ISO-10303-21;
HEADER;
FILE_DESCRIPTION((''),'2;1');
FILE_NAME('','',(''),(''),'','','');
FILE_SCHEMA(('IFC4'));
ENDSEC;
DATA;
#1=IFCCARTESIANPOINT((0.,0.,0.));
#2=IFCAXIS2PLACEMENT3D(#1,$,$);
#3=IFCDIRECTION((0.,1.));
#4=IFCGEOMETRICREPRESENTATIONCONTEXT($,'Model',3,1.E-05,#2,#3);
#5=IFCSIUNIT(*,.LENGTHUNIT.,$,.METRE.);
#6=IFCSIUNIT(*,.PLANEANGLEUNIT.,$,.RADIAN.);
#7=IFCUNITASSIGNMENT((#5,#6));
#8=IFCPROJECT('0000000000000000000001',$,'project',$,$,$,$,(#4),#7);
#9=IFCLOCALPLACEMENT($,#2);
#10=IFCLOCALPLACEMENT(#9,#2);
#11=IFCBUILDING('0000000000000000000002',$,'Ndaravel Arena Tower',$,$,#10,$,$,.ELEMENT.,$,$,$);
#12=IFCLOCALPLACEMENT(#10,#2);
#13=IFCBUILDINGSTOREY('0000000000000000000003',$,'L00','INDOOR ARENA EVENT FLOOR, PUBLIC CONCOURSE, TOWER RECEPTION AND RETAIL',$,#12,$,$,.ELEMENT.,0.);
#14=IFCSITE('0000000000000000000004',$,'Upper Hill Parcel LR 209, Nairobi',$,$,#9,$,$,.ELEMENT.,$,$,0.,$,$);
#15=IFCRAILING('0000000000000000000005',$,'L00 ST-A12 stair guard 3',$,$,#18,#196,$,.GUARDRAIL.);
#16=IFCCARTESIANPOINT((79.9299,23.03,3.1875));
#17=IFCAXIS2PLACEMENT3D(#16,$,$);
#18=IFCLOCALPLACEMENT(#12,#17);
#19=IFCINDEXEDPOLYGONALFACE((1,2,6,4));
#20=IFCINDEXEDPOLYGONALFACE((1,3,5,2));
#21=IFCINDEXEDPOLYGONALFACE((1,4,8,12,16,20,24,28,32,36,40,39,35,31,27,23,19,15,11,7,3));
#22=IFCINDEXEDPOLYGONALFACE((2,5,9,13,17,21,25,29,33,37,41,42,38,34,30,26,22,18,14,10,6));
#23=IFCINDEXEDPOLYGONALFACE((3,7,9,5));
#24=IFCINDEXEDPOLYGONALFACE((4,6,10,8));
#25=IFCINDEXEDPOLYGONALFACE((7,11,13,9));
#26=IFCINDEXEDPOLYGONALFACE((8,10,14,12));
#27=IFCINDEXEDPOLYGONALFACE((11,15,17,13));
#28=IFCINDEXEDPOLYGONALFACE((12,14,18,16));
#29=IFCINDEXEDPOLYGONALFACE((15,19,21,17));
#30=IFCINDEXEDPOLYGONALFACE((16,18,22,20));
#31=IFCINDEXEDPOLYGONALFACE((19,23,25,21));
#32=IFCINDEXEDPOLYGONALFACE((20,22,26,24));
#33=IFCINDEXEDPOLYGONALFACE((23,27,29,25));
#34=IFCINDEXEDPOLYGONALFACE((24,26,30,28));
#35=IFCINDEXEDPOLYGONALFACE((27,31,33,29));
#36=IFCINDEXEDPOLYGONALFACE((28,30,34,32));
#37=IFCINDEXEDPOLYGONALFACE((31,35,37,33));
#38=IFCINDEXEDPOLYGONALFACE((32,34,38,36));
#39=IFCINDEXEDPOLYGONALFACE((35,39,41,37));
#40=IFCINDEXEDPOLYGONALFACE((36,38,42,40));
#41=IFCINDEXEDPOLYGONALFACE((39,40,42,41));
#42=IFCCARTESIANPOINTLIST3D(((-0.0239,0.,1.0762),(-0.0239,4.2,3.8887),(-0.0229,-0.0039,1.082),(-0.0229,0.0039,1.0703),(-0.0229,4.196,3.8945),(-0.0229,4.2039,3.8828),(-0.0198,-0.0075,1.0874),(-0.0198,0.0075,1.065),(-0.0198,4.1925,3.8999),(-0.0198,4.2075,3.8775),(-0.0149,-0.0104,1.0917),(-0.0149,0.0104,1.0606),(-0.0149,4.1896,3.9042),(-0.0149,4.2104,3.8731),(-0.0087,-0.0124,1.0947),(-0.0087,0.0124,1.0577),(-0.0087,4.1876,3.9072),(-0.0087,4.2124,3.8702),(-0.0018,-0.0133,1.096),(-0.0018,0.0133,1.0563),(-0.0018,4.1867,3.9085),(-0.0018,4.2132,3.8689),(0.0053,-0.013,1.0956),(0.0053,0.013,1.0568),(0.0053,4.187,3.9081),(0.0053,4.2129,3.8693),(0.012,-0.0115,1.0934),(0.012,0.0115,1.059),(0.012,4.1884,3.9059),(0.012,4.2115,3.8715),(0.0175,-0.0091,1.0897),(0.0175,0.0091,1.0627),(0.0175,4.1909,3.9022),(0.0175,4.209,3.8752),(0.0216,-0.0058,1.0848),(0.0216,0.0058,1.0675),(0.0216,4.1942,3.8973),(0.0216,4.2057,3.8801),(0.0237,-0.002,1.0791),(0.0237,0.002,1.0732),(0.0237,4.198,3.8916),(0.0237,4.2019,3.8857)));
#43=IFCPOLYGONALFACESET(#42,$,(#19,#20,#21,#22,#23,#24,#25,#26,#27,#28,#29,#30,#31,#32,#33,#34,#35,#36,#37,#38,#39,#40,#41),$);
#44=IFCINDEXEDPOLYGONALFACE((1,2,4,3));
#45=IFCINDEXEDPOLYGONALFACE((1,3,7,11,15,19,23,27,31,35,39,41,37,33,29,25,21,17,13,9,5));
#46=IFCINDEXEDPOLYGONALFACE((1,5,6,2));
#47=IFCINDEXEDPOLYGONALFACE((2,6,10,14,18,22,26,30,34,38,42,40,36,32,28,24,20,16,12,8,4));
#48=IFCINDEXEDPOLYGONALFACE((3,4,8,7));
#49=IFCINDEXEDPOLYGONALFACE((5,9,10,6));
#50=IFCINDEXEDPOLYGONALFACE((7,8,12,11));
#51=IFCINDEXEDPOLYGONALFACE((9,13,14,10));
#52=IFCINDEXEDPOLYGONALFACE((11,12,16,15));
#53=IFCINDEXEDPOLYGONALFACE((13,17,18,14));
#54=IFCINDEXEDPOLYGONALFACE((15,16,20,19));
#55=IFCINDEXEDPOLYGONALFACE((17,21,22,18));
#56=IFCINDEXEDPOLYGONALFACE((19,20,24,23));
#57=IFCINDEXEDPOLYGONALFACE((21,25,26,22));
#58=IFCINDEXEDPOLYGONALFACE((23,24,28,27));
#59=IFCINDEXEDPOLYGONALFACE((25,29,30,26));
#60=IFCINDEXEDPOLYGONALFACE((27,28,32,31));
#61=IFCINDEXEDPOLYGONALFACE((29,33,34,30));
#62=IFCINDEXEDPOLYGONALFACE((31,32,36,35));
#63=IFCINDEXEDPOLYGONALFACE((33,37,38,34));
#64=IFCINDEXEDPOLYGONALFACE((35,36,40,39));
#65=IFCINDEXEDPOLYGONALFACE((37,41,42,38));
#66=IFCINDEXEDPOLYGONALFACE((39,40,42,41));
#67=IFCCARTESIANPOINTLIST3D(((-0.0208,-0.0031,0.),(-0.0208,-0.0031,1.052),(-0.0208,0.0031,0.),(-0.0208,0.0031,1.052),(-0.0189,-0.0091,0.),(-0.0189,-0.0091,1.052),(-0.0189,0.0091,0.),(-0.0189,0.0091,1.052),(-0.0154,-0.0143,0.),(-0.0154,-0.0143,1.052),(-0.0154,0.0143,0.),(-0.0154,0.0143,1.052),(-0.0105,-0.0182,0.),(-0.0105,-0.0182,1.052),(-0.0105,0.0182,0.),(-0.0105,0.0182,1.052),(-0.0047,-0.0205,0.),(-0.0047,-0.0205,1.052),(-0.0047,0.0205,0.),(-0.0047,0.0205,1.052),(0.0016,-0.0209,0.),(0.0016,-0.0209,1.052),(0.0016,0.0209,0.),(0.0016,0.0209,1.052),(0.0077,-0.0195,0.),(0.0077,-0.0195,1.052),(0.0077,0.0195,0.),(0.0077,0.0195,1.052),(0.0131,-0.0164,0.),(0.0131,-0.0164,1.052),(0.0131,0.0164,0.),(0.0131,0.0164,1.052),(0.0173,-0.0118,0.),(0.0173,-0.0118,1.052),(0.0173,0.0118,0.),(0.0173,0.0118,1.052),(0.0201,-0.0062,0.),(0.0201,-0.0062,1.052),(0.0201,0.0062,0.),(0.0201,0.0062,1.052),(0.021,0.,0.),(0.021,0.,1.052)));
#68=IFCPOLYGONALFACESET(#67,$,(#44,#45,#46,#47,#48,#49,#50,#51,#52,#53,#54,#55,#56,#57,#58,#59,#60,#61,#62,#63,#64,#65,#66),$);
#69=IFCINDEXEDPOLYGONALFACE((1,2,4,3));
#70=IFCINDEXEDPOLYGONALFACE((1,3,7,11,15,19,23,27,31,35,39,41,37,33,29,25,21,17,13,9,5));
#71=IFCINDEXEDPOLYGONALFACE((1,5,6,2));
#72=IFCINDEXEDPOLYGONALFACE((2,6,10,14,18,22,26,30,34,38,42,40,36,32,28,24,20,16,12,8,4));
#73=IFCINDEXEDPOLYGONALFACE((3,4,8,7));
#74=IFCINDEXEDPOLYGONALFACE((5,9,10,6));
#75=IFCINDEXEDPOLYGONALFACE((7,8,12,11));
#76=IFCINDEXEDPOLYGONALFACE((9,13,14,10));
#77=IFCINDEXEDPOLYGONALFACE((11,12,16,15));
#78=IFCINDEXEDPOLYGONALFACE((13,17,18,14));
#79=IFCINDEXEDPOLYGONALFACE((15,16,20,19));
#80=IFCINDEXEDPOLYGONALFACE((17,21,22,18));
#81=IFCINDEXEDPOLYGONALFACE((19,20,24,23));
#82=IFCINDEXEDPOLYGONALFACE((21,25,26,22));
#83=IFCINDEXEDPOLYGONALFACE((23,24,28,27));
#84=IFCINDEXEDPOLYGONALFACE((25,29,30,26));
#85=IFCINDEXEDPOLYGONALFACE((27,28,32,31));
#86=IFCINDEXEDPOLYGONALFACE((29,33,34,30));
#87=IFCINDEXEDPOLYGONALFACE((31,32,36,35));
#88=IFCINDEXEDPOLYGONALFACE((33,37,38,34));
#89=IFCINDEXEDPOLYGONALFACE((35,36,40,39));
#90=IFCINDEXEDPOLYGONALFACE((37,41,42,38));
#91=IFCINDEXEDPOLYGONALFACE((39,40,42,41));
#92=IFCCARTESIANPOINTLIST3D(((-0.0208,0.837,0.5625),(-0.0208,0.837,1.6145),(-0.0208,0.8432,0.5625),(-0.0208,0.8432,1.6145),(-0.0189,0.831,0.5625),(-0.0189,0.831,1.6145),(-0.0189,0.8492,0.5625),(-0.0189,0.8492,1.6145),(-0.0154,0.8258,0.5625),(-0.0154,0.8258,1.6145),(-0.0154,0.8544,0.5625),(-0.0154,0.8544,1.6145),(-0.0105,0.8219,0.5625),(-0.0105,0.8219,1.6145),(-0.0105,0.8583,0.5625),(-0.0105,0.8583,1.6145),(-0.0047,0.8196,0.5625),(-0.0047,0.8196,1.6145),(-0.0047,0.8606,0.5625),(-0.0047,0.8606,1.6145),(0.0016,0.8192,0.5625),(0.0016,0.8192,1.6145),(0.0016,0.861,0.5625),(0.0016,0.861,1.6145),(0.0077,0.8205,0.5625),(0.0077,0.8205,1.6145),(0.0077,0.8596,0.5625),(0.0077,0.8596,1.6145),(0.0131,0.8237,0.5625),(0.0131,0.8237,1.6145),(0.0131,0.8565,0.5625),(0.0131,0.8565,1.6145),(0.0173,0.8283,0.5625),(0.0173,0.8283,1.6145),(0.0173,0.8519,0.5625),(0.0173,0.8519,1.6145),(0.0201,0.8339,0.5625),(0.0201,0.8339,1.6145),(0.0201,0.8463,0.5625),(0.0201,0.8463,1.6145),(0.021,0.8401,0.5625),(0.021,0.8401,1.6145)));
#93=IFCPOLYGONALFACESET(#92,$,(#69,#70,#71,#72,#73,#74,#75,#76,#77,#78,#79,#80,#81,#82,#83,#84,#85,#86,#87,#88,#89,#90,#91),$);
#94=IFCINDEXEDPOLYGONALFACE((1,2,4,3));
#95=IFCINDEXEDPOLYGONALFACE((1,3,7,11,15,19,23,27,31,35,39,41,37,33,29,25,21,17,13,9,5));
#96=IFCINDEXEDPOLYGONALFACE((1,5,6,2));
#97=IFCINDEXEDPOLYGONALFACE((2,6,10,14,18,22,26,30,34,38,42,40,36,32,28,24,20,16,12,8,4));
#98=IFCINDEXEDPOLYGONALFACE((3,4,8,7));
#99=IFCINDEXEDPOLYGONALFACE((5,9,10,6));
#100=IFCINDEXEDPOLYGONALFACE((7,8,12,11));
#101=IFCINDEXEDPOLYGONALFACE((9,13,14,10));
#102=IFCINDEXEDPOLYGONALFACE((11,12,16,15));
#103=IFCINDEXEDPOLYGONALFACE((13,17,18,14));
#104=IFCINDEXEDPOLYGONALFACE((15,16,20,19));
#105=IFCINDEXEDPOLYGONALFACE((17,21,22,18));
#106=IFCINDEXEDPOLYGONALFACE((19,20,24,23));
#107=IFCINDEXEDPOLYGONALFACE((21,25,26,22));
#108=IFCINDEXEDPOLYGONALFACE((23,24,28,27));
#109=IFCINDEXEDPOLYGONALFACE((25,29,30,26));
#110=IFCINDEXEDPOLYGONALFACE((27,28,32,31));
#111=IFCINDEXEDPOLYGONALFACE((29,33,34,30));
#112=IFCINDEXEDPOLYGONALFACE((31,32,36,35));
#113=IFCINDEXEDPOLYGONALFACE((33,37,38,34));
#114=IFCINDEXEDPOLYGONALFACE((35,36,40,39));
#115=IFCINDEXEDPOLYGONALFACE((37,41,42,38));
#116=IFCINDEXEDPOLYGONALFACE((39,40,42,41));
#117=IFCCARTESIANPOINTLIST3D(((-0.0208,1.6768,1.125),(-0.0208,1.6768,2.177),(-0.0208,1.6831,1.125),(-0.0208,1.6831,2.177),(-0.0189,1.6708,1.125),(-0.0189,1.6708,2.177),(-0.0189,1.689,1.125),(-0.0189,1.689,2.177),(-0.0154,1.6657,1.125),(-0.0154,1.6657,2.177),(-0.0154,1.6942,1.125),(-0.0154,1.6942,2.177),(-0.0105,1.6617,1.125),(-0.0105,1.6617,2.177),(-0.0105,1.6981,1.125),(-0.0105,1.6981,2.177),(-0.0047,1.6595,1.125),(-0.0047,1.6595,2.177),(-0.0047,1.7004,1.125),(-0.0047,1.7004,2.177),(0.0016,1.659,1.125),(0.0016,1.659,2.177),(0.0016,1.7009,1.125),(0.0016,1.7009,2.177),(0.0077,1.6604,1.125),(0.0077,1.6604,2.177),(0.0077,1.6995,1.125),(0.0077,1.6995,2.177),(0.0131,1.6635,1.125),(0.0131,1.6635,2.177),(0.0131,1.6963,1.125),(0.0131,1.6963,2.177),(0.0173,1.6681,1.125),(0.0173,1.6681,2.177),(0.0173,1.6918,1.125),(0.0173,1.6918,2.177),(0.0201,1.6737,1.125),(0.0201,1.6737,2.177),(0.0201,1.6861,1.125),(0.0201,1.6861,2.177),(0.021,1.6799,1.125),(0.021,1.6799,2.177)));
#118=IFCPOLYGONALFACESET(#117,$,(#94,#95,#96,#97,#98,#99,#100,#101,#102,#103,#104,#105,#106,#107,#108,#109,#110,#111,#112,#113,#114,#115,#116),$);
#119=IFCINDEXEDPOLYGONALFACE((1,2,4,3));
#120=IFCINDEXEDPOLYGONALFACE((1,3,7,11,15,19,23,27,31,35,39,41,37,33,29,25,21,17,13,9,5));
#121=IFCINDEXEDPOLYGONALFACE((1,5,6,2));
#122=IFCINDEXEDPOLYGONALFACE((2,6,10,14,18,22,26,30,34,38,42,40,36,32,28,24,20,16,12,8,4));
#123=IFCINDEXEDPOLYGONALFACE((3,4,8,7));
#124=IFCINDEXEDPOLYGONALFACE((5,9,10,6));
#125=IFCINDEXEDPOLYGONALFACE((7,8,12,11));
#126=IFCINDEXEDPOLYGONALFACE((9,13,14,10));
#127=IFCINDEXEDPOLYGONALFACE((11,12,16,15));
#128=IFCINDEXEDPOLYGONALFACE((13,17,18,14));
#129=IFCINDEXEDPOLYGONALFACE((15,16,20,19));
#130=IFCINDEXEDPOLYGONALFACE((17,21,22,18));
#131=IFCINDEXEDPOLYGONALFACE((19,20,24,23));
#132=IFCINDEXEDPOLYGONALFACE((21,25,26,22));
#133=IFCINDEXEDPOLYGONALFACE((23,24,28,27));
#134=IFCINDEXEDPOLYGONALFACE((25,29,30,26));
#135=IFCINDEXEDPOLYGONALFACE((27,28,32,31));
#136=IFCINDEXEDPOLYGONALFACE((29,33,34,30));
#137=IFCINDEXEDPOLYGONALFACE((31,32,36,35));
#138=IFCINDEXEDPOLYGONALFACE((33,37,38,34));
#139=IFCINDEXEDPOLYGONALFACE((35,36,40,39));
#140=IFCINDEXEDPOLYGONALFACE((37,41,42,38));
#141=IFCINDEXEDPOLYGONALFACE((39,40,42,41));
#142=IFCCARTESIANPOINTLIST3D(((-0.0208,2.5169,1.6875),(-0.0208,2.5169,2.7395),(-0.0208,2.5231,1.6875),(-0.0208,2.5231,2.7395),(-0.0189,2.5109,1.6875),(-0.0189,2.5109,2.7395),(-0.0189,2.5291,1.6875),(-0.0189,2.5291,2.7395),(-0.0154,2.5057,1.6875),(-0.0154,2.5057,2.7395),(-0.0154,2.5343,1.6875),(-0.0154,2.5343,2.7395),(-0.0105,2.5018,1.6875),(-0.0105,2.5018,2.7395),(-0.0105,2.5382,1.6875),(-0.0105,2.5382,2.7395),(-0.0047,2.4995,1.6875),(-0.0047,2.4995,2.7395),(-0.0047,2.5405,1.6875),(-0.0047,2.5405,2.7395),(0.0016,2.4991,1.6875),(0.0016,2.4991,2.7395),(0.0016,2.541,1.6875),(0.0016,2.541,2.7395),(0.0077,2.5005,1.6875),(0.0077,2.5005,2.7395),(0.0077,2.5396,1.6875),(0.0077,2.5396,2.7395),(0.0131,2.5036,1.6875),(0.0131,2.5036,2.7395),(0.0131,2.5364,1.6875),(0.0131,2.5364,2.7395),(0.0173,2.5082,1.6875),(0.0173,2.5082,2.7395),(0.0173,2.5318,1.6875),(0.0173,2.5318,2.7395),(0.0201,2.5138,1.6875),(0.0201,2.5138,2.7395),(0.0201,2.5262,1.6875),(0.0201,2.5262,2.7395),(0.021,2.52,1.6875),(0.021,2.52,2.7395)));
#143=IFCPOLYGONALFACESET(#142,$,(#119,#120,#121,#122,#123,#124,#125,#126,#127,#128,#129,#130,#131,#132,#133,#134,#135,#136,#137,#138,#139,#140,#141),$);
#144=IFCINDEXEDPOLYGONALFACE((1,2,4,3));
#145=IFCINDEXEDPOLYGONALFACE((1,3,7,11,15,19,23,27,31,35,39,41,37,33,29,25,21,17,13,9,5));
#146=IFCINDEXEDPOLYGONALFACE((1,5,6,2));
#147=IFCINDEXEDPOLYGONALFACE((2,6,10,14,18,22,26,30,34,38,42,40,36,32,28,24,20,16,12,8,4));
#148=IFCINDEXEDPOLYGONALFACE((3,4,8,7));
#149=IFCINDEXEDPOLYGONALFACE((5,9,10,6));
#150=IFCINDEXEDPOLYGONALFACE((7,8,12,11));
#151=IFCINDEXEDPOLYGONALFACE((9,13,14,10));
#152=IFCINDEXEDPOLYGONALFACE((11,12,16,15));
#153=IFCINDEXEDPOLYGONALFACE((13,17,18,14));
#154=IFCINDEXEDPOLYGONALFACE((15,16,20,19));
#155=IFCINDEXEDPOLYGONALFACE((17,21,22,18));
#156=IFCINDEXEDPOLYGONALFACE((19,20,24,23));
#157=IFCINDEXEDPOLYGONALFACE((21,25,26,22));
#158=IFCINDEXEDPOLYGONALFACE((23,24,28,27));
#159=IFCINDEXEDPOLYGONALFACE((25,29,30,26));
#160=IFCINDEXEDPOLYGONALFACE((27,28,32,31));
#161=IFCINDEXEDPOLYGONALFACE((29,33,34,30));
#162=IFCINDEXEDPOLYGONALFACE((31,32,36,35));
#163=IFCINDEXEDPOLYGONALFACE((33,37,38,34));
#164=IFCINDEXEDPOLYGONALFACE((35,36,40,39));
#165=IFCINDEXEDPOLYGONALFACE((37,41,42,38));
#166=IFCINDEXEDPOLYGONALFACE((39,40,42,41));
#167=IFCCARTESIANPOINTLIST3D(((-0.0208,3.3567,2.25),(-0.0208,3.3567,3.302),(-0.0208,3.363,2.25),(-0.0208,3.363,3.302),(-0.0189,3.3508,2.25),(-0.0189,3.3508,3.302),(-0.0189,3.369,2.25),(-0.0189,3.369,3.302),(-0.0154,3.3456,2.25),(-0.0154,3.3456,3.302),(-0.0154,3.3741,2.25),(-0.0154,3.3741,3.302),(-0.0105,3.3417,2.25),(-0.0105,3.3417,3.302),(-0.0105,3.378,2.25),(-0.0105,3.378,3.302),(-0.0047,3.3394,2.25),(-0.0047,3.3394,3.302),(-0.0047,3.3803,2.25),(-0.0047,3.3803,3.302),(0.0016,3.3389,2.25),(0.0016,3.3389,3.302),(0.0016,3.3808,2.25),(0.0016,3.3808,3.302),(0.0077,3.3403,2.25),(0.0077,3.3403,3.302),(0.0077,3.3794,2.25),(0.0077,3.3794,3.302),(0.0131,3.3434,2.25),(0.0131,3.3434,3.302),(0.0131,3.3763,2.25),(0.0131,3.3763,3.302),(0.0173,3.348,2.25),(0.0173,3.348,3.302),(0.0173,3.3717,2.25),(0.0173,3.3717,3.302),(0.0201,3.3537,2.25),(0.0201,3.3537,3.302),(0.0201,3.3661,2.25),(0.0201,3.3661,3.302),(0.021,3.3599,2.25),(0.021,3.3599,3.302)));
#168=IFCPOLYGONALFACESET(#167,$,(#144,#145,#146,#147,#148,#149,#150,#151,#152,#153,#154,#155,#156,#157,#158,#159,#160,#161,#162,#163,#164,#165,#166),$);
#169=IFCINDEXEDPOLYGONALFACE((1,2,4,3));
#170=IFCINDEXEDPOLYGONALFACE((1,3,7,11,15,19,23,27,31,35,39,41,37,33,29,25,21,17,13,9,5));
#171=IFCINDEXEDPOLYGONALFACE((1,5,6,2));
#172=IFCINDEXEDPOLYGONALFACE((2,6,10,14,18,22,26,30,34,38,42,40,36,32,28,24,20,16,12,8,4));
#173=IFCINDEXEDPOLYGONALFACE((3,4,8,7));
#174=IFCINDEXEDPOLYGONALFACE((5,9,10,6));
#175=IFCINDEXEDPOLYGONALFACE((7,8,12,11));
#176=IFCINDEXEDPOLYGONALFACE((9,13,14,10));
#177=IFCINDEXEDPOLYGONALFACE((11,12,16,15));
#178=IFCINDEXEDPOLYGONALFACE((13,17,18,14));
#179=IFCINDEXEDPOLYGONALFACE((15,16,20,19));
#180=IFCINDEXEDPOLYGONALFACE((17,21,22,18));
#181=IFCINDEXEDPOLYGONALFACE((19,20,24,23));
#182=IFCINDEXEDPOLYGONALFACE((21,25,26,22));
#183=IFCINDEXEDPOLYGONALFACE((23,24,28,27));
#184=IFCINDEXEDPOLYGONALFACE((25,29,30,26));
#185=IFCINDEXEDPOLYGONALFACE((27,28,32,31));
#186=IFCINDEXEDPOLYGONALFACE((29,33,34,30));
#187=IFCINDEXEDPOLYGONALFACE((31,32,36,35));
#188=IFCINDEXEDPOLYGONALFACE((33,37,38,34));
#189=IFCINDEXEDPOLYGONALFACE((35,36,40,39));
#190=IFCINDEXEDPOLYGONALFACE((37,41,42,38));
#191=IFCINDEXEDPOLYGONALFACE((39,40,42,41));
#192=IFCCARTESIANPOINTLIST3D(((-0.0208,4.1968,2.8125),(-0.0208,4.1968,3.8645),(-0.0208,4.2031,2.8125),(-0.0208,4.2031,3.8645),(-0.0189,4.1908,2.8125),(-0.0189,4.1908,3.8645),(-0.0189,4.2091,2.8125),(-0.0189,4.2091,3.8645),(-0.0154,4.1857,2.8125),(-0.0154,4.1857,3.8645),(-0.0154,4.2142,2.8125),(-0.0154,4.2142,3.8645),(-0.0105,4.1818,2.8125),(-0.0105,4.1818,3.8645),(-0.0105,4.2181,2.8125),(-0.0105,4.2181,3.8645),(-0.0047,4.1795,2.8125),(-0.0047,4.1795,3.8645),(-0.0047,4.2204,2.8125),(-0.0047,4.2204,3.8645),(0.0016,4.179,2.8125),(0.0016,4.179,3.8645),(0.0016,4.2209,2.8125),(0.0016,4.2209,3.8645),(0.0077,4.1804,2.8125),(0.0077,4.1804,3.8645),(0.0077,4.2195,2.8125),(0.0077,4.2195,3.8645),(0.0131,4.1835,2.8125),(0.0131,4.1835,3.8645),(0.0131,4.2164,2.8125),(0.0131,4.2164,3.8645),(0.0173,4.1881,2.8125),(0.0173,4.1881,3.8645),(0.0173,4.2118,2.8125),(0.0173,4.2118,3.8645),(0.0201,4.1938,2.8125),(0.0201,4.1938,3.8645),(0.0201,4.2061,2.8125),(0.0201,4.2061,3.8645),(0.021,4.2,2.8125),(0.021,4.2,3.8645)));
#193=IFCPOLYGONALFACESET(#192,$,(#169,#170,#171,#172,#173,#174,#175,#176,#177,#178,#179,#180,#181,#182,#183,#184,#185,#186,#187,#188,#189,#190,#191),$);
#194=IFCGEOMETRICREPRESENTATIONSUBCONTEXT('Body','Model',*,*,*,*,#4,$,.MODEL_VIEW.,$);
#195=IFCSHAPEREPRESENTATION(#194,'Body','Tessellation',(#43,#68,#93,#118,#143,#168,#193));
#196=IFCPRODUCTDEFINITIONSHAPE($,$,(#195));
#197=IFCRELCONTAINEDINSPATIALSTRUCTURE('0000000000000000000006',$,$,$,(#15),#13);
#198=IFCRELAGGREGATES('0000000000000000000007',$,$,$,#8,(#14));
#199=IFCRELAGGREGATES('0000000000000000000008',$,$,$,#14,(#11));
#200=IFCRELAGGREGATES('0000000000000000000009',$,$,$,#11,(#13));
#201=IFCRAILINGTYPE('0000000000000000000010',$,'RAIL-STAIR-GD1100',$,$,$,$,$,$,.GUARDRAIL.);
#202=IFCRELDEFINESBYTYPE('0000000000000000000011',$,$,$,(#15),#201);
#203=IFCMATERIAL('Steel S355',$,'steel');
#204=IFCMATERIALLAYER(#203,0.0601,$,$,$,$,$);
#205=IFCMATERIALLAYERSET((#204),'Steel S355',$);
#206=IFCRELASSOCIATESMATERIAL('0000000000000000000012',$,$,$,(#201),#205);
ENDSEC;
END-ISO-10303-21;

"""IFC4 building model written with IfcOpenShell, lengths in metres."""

from ifc_helpers import new_model, si_unit, direction, frame, origin, origin_2d, place, context, subcontext, project, spatial, circle, extrude, material, layer, layer_set, type_object, element, save


model = new_model("IFC4")

# Units and contexts
model_context = context("Model", 3, precision=1e-05, world=origin(), true_north=direction((0.0, 1.0)))
body_context = subcontext(model_context, "Body", "Model", "MODEL_VIEW")
ifc_project = project(units=[si_unit("LENGTHUNIT", "METRE"), si_unit("PLANEANGLEUNIT", "RADIAN")], contexts=[model_context])

# Site, building, storey
site_placement = place(None, origin())
site = spatial("IfcSite", under=ifc_project, at=site_placement, Name="Upper Hill Parcel LR 209, Nairobi", CompositionType="ELEMENT", RefElevation=0.0)
building_placement = place(site_placement, origin())
building = spatial("IfcBuilding", under=site, at=building_placement, Name="Ndaravel Arena Tower", CompositionType="ELEMENT")
storey_placement = place(building_placement, origin())
storey = spatial("IfcBuildingStorey", under=building, at=storey_placement, Name="L00", Description="INDOOR ARENA EVENT FLOOR, PUBLIC CONCOURSE, TOWER RECEPTION AND RETAIL", CompositionType="ELEMENT", Elevation=0.0)

# Railing
ifc_material_1 = material(Name="Steel S355", Category="steel")
ifc_layer_1 = layer(ifc_material_1, 0.0601)
ifc_layer_set_1 = layer_set([ifc_layer_1], Name="Steel S355")
railing_type_1 = type_object("IfcRailingType", Name="RAIL-STAIR-GD1100", PredefinedType="GUARDRAIL", material=ifc_layer_set_1)
railing_1_placement = place(storey_placement, frame((79.9299, 23.03, 3.1875)))
element("IfcRailing", 1, at=railing_1_placement, inside=storey, type_object=railing_type_1, Name="L00 ST-A12 stair guard 3", PredefinedType="GUARDRAIL", context=body_context, shape_type="SweptSolid", body=[
    extrude(circle(Radius=0.0239, at=origin_2d()), frame((0.0, 0.0, 1.0762), z_axis=(0.0, 0.830904, 0.556416), x_axis=(-1.0, 0.0, 0.0)), (0.0, 0.0, 1.0), 5.0547),
    extrude(circle(Radius=0.021, at=origin_2d()), origin(), (0.0, 0.0, 1.0), 1.052),
    extrude(circle(Radius=0.021, at=origin_2d()), frame((0.0, 0.8401, 0.5625)), (0.0, 0.0, 1.0), 1.052),
    extrude(circle(Radius=0.021, at=origin_2d()), frame((0.0, 1.6799, 1.125)), (0.0, 0.0, 1.0), 1.052),
    extrude(circle(Radius=0.021, at=origin_2d()), frame((0.0, 2.52, 1.6875)), (0.0, 0.0, 1.0), 1.052),
    extrude(circle(Radius=0.021, at=origin_2d()), frame((0.0, 3.3599, 2.25)), (0.0, 0.0, 1.0), 1.052),
    extrude(circle(Radius=0.021, at=origin_2d()), frame((0.0, 4.2, 2.8125)), (0.0, 0.0, 1.0), 1.052),
])

save(model, "model.ifc")
